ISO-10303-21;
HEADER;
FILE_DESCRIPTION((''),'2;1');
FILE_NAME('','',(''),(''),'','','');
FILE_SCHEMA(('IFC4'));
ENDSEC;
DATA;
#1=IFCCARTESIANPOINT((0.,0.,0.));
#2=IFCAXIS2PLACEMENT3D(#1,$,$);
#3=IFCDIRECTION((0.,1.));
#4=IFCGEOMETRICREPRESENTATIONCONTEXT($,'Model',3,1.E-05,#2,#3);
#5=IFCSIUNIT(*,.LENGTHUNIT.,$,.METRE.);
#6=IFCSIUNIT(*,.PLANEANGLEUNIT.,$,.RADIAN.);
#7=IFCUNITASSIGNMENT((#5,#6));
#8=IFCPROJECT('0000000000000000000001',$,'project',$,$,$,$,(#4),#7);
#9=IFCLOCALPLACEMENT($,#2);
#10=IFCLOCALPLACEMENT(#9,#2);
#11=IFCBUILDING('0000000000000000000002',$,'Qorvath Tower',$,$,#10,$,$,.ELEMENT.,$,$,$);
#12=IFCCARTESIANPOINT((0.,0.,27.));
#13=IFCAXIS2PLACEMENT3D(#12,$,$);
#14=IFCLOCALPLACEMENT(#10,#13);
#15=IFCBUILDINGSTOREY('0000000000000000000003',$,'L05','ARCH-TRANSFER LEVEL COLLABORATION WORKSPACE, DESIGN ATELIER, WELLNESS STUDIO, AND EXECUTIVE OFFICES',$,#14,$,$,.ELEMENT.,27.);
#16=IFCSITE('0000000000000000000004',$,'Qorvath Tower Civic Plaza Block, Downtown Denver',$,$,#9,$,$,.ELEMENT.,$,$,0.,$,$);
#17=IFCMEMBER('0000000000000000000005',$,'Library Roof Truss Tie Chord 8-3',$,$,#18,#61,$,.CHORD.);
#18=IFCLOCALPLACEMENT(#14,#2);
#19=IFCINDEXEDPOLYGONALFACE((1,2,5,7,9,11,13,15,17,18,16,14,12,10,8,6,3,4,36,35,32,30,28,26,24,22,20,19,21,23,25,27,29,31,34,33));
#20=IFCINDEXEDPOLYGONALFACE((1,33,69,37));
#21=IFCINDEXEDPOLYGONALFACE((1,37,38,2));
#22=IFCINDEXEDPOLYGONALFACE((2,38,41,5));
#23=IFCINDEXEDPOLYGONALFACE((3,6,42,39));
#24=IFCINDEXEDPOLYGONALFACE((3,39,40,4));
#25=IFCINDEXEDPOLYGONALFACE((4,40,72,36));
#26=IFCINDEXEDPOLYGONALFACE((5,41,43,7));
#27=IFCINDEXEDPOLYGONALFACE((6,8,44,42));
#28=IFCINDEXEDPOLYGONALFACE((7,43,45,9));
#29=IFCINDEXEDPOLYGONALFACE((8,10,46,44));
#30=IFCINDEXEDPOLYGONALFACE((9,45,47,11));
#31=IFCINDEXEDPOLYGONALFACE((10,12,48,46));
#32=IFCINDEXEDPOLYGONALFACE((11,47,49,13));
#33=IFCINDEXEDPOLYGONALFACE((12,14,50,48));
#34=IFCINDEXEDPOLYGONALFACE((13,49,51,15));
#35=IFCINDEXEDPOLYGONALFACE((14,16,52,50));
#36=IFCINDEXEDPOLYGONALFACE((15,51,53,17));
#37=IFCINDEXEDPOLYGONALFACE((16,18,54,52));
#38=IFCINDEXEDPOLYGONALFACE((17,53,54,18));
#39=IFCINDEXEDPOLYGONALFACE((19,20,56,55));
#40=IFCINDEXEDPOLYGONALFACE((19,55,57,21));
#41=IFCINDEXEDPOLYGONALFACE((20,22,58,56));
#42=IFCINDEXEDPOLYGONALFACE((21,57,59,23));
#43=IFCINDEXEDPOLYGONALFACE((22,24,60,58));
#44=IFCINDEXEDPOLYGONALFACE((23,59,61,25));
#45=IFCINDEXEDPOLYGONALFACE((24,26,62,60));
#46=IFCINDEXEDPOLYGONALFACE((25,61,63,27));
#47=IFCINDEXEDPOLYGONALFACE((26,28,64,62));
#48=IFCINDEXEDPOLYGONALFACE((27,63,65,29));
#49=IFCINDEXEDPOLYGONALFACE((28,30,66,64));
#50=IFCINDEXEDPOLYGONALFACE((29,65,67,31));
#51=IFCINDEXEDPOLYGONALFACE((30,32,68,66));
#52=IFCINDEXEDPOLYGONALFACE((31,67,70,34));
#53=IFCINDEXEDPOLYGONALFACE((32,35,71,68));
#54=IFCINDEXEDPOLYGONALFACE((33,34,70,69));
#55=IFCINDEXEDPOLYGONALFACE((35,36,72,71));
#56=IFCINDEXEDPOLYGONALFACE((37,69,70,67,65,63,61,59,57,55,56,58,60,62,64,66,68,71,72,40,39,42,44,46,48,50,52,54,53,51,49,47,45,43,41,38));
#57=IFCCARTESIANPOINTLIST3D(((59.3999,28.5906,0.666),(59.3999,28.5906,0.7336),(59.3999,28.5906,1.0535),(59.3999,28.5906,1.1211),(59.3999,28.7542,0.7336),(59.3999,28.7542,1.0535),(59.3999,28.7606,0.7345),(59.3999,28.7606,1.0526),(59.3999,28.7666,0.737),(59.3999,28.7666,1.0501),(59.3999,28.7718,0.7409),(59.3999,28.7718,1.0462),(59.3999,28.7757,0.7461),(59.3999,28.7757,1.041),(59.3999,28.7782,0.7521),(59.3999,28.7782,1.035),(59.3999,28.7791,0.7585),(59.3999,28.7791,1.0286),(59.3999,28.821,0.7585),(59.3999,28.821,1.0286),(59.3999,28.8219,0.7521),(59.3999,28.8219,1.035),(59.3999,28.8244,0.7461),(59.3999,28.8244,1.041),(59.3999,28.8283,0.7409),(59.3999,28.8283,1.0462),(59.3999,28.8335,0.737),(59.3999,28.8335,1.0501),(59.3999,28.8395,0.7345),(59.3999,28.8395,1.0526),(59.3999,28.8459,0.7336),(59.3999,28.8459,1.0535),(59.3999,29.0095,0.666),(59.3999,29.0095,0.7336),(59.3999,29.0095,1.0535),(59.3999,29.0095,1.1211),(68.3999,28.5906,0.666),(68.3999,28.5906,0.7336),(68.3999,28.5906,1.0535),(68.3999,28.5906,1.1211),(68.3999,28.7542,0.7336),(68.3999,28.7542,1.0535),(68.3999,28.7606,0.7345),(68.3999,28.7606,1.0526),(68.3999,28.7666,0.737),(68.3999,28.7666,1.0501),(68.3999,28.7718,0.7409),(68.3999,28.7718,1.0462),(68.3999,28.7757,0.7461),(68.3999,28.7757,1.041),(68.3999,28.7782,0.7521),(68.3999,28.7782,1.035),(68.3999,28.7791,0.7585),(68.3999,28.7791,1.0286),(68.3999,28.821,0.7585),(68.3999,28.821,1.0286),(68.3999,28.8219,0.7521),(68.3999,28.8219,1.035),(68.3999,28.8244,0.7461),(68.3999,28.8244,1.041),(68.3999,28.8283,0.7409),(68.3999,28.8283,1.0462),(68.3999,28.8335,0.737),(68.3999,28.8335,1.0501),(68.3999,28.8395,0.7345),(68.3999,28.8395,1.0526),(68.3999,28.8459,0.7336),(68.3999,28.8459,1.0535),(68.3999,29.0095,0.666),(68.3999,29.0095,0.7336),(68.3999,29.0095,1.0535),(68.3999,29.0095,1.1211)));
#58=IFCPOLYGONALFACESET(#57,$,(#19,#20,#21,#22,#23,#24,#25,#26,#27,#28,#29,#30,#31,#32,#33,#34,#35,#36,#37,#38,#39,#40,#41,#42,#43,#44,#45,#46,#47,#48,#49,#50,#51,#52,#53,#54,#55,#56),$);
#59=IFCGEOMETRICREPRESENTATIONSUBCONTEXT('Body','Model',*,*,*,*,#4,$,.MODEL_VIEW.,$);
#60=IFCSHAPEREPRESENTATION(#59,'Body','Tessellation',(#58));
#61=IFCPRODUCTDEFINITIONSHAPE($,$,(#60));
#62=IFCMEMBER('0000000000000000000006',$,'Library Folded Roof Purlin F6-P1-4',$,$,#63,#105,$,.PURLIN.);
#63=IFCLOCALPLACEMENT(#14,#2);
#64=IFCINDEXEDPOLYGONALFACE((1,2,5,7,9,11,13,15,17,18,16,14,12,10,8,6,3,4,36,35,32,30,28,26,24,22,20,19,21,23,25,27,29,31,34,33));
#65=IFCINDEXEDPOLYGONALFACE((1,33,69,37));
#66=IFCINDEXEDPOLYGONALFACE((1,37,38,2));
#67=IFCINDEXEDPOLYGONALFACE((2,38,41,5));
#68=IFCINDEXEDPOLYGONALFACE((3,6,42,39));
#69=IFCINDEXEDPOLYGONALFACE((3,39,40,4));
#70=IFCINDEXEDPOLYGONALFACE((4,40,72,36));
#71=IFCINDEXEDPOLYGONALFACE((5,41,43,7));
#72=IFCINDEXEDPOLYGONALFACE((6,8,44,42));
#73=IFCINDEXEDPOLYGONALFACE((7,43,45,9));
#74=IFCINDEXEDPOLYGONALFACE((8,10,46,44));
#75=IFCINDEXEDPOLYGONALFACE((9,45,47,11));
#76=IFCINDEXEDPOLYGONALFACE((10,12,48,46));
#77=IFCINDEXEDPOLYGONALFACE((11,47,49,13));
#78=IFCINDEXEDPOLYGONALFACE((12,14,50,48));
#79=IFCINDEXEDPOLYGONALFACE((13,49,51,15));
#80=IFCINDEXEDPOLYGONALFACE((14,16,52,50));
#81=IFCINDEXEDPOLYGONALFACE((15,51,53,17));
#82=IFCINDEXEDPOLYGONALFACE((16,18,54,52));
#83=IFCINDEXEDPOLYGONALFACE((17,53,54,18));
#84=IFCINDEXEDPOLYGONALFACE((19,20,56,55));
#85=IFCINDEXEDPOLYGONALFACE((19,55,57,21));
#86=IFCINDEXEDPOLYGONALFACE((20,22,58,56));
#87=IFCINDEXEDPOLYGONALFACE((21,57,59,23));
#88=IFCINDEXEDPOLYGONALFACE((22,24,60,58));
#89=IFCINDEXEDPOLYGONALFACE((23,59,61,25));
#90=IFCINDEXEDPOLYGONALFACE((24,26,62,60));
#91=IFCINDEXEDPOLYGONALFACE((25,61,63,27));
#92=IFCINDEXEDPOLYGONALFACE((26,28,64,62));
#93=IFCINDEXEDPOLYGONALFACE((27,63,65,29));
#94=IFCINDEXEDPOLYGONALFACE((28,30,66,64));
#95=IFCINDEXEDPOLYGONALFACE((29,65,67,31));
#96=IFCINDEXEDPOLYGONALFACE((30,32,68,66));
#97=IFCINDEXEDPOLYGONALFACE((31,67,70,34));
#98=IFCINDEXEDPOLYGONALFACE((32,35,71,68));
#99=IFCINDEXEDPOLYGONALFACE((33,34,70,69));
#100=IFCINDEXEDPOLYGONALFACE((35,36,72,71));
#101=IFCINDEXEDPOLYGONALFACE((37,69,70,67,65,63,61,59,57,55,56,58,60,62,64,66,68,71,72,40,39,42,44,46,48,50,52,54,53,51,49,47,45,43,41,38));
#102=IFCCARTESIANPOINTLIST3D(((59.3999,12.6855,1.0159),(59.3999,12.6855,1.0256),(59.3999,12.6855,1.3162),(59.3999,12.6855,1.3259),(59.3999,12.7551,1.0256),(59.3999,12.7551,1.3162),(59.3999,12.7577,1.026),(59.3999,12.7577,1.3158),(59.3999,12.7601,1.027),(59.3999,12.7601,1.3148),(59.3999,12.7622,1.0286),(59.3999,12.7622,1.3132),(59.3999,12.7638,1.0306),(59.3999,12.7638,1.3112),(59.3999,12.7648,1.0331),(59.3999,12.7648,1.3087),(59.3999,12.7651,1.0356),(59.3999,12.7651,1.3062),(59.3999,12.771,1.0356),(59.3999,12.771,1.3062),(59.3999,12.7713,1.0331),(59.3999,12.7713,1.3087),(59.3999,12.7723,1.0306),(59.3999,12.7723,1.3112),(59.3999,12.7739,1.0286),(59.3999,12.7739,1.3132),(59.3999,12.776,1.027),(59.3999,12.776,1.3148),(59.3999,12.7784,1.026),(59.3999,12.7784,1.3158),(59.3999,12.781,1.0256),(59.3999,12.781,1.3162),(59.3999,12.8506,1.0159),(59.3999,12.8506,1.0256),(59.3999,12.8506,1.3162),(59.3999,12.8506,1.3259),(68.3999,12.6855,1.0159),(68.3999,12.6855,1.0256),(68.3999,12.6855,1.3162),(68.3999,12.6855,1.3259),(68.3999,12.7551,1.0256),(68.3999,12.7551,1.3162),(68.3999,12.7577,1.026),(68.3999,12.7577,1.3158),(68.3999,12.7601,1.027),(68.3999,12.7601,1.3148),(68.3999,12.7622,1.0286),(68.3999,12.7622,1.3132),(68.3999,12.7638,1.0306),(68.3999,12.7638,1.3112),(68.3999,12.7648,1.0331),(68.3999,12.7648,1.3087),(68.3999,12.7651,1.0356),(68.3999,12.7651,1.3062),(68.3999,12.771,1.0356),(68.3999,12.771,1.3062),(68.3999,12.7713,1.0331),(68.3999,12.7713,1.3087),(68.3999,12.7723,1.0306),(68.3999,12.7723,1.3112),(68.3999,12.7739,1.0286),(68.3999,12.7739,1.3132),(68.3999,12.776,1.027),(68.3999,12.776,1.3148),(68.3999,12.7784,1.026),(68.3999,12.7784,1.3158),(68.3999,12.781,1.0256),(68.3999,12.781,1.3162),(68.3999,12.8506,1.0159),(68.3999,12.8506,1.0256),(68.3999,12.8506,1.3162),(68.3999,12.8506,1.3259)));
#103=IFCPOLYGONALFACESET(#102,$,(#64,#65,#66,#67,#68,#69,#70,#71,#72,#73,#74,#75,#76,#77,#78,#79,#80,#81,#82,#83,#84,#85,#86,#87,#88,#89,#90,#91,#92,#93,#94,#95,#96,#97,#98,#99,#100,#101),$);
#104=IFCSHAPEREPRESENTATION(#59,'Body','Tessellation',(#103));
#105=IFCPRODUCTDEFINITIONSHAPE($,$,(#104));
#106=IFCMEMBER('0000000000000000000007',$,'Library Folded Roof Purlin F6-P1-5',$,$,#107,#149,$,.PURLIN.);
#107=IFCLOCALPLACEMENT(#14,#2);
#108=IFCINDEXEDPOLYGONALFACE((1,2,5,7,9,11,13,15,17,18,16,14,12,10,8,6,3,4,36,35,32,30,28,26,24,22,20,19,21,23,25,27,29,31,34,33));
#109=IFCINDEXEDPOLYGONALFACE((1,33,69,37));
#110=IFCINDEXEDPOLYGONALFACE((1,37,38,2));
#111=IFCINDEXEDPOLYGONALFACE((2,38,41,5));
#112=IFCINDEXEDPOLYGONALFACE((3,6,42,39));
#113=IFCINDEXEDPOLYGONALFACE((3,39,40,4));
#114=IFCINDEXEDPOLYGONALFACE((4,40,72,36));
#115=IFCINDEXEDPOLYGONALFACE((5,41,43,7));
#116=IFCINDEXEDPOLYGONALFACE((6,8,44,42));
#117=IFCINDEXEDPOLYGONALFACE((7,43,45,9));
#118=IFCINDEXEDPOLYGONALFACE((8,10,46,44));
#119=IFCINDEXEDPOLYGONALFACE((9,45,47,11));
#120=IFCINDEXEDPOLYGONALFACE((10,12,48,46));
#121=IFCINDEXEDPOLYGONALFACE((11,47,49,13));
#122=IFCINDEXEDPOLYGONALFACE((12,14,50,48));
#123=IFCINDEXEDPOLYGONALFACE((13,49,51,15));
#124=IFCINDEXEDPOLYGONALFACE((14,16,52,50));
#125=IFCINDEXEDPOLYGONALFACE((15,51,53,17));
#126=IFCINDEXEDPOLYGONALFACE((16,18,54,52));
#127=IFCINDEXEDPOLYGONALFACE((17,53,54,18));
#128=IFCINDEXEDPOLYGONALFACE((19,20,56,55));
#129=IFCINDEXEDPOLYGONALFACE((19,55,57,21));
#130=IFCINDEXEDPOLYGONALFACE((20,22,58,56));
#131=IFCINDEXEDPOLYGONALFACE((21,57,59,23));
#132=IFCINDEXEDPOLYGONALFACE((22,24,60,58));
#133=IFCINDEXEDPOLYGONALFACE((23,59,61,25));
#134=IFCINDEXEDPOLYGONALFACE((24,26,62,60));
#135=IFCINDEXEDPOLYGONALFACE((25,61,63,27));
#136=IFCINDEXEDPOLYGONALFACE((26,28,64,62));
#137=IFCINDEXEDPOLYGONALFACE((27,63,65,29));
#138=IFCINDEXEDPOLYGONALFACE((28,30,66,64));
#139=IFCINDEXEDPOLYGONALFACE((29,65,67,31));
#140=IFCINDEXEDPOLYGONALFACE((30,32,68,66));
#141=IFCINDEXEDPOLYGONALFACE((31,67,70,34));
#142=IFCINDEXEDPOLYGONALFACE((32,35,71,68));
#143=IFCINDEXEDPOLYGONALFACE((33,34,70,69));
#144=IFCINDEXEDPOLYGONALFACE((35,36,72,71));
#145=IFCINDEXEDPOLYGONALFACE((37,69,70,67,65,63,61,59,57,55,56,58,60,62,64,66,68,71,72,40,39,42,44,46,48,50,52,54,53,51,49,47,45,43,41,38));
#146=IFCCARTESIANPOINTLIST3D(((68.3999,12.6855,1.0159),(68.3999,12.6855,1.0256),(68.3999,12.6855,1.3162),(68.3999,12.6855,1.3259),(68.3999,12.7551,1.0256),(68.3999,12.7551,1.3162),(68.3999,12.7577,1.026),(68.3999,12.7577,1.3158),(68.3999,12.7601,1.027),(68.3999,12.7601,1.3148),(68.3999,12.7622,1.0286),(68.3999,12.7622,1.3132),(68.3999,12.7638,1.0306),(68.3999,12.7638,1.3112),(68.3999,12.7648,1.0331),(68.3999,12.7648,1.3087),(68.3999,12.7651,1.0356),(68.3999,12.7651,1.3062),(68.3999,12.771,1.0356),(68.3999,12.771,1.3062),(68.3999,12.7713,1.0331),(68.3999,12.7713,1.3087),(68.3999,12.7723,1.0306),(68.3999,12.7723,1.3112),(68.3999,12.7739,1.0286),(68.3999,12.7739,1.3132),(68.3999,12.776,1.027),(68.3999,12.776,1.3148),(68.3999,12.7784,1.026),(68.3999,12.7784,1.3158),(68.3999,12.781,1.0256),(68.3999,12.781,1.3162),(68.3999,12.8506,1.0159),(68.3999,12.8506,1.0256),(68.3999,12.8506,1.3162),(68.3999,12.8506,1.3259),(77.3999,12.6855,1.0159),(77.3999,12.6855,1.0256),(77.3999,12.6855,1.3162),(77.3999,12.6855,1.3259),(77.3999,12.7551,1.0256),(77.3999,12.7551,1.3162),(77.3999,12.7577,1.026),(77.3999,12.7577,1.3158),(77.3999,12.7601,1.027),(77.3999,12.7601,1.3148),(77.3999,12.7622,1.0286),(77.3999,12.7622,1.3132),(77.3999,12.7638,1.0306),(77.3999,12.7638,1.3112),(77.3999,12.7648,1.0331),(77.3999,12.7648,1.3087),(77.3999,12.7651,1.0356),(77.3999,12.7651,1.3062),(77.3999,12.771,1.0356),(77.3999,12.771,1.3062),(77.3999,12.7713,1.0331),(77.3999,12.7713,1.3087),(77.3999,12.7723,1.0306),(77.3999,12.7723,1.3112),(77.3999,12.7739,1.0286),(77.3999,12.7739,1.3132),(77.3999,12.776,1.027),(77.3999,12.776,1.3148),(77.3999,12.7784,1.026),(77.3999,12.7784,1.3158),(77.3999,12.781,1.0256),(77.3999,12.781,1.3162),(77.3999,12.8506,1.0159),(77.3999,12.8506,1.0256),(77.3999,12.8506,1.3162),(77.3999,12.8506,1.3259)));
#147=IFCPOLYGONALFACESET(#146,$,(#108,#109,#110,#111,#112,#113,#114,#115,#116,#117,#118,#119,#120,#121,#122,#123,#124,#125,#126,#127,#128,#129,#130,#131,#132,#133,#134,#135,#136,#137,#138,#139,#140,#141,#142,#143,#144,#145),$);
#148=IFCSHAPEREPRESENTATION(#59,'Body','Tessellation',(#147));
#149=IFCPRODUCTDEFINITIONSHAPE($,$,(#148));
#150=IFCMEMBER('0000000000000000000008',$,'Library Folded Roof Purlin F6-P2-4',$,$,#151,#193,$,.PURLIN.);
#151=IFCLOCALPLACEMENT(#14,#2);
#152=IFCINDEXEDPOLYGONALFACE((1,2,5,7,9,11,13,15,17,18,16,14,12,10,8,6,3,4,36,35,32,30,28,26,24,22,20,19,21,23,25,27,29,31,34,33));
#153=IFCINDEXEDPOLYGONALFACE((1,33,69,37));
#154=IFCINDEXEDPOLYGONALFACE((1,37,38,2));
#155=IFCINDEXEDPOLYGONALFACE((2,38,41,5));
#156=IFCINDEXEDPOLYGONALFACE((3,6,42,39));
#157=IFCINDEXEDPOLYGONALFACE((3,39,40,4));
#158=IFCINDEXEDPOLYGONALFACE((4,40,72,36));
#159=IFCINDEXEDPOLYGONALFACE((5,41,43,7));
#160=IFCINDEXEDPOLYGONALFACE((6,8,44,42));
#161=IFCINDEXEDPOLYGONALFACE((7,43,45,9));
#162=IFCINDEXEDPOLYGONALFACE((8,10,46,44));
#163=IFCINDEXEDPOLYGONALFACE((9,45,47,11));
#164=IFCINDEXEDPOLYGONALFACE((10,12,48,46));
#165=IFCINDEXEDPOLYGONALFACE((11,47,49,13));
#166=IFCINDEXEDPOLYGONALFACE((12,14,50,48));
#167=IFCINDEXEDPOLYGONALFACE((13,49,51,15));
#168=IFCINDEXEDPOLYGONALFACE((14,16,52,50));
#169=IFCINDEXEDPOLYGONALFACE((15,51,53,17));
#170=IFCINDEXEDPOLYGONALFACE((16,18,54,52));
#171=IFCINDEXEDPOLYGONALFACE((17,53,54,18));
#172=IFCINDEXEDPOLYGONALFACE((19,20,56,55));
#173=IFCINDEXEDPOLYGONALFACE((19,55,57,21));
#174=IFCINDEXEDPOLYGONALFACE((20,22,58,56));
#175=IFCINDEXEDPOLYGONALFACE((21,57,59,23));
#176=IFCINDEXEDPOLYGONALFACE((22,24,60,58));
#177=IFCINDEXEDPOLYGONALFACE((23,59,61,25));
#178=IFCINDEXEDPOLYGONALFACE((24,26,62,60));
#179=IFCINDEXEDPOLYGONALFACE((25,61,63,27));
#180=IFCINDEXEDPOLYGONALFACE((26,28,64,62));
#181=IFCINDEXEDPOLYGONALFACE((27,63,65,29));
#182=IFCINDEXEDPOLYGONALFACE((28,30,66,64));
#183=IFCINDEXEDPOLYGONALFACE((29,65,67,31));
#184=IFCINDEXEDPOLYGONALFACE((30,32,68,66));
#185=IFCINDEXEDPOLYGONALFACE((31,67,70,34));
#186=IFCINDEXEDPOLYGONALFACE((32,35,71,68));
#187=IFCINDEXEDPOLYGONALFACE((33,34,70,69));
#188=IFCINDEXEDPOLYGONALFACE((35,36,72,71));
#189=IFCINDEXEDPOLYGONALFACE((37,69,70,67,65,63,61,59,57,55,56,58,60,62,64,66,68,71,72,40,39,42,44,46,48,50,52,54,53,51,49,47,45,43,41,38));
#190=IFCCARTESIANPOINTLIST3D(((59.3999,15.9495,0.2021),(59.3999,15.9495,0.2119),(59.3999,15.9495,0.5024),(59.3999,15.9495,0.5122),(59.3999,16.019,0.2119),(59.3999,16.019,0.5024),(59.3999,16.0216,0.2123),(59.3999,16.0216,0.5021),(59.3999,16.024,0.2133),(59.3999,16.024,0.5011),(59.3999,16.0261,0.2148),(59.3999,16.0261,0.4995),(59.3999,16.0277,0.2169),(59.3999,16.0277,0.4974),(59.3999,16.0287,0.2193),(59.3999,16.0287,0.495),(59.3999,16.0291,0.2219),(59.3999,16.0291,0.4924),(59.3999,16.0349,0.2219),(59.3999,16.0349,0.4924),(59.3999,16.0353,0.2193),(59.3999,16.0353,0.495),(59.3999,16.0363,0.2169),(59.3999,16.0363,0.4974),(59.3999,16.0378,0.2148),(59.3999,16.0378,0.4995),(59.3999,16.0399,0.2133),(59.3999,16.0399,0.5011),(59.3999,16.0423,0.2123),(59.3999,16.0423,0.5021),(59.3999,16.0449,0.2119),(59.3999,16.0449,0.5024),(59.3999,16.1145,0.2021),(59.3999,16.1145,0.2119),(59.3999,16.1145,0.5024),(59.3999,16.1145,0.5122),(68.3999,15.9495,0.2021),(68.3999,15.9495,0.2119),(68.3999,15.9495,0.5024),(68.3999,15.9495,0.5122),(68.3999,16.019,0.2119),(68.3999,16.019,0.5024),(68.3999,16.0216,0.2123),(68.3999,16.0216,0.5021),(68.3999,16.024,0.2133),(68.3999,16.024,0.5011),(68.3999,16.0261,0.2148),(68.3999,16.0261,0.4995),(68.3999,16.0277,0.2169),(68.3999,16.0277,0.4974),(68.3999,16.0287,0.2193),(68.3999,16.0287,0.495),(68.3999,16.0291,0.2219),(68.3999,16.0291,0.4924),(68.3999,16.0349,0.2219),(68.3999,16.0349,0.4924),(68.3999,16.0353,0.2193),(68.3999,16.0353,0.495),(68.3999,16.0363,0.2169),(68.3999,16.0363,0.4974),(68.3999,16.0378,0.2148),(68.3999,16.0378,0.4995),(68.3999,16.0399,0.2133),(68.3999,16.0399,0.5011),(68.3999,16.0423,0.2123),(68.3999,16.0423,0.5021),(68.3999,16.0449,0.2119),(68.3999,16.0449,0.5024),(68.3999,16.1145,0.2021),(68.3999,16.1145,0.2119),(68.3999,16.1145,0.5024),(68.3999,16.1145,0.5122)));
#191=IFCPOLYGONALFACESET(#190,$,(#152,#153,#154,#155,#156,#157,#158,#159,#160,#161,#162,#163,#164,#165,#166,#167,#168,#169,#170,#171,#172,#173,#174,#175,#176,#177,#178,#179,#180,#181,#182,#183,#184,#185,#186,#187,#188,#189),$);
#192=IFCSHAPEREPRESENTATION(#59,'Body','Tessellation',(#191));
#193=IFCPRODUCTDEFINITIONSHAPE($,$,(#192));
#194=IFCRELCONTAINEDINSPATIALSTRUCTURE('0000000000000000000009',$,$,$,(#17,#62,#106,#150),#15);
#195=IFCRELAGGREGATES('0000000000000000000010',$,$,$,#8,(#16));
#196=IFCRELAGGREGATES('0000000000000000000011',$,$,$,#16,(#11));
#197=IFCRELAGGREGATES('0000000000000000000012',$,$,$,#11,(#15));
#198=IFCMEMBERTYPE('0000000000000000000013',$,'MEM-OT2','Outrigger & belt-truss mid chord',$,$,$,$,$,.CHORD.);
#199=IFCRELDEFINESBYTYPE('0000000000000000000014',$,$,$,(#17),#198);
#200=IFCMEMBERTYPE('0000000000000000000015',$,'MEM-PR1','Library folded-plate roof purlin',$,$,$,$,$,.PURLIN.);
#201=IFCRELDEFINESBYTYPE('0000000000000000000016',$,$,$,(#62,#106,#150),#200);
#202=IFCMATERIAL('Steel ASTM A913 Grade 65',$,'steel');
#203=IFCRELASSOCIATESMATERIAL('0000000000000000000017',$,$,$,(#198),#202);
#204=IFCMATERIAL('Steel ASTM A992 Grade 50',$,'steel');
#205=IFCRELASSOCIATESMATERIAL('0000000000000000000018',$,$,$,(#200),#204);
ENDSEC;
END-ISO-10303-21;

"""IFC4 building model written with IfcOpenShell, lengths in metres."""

from ifc_helpers import new_model, si_unit, direction, frame, origin, origin_2d, place, context, subcontext, project, spatial, i_section, extrude, material, material_profile, profile_set, type_object, element, save


model = new_model("IFC4")

# Units and contexts
model_context = context("Model", 3, precision=1e-05, world=origin(), true_north=direction((0.0, 1.0)))
body_context = subcontext(model_context, "Body", "Model", "MODEL_VIEW")
ifc_project = project(units=[si_unit("LENGTHUNIT", "METRE"), si_unit("PLANEANGLEUNIT", "RADIAN")], contexts=[model_context])

# Site, building, storey
site_placement = place(None, origin())
site = spatial("IfcSite", under=ifc_project, at=site_placement, Name="Qorvath Tower Civic Plaza Block, Downtown Denver", CompositionType="ELEMENT", RefElevation=0.0)
building_placement = place(site_placement, origin())
building = spatial("IfcBuilding", under=site, at=building_placement, Name="Qorvath Tower", CompositionType="ELEMENT")
storey_placement = place(building_placement, frame((0.0, 0.0, 27.0)))
storey = spatial("IfcBuildingStorey", under=building, at=storey_placement, Name="L05", Description="ARCH-TRANSFER LEVEL COLLABORATION WORKSPACE, DESIGN ATELIER, WELLNESS STUDIO, AND EXECUTIVE OFFICES", CompositionType="ELEMENT", Elevation=27.0)

# Members
ifc_material_1 = material(Name="Steel ASTM A913 Grade 65", Category="steel")
ifc_material_profile_1 = material_profile(ifc_material_1, i_section(OverallWidth=0.4189, OverallDepth=0.4551, WebThickness=0.042, FlangeThickness=0.0676, FilletRadius=0.0249, at=origin_2d()), Name="W14x370")
ifc_profile_set_1 = profile_set([ifc_material_profile_1], Name="Steel ASTM A913 Grade 65")
member_type_1 = type_object("IfcMemberType", Name="MEM-OT2", Description="Outrigger & belt-truss mid chord", PredefinedType="CHORD", material=ifc_profile_set_1)
member_1_placement = place(storey_placement, frame((59.3999, 28.8, 0.8936), z_axis=(1.0, 0.0, 0.0), x_axis=(0.0, 1.0, 0.0)))
element("IfcMember", 1, at=member_1_placement, inside=storey, type_object=member_type_1, Name="Library Roof Truss Tie Chord 8-3", PredefinedType="CHORD", context=body_context, shape_type="SweptSolid", body=[
    extrude(i_section(OverallWidth=0.4189, OverallDepth=0.4551, WebThickness=0.042, FlangeThickness=0.0676, FilletRadius=0.0249, at=origin_2d()), origin(), (0.0, 0.0, 1.0), 9.0),
])
ifc_material_2 = material(Name="Steel ASTM A992 Grade 50", Category="steel")
ifc_material_profile_2 = material_profile(ifc_material_2, i_section(OverallWidth=0.165, OverallDepth=0.3101, WebThickness=0.0059, FlangeThickness=0.0098, FilletRadius=0.01, at=origin_2d()), Name="W12x26")
ifc_profile_set_2 = profile_set([ifc_material_profile_2], Name="Steel ASTM A992 Grade 50")
member_type_2 = type_object("IfcMemberType", Name="MEM-PR1", Description="Library folded-plate roof purlin", PredefinedType="PURLIN", material=ifc_profile_set_2)
for number, where, z_axis, x_axis, name in (
    (2, (59.3999, 12.7681, 1.1709), (1.0, 0.0, 0.0), (0.0, 1.0, 0.0), "Library Folded Roof Purlin F6-P1-4"),
    (3, (68.3999, 12.7681, 1.1709), (1.0, 0.0, 0.0), (0.0, 1.0, 0.0), "Library Folded Roof Purlin F6-P1-5"),
    (4, (59.3999, 16.032, 0.3572), (1.0, 0.0, 0.0), (0.0, 1.0, 0.0), "Library Folded Roof Purlin F6-P2-4"),
):
    element("IfcMember", number, at=place(storey_placement, frame(where, z_axis=z_axis, x_axis=x_axis)), inside=storey, type_object=member_type_2, Name=name, PredefinedType="PURLIN", context=body_context, shape_type="SweptSolid", body=[
        extrude(i_section(OverallWidth=0.165, OverallDepth=0.3101, WebThickness=0.0059, FlangeThickness=0.0098, FilletRadius=0.01, at=origin_2d()), origin(), (0.0, 0.0, 1.0), 9.0),
    ])

save(model, "model.ifc")
